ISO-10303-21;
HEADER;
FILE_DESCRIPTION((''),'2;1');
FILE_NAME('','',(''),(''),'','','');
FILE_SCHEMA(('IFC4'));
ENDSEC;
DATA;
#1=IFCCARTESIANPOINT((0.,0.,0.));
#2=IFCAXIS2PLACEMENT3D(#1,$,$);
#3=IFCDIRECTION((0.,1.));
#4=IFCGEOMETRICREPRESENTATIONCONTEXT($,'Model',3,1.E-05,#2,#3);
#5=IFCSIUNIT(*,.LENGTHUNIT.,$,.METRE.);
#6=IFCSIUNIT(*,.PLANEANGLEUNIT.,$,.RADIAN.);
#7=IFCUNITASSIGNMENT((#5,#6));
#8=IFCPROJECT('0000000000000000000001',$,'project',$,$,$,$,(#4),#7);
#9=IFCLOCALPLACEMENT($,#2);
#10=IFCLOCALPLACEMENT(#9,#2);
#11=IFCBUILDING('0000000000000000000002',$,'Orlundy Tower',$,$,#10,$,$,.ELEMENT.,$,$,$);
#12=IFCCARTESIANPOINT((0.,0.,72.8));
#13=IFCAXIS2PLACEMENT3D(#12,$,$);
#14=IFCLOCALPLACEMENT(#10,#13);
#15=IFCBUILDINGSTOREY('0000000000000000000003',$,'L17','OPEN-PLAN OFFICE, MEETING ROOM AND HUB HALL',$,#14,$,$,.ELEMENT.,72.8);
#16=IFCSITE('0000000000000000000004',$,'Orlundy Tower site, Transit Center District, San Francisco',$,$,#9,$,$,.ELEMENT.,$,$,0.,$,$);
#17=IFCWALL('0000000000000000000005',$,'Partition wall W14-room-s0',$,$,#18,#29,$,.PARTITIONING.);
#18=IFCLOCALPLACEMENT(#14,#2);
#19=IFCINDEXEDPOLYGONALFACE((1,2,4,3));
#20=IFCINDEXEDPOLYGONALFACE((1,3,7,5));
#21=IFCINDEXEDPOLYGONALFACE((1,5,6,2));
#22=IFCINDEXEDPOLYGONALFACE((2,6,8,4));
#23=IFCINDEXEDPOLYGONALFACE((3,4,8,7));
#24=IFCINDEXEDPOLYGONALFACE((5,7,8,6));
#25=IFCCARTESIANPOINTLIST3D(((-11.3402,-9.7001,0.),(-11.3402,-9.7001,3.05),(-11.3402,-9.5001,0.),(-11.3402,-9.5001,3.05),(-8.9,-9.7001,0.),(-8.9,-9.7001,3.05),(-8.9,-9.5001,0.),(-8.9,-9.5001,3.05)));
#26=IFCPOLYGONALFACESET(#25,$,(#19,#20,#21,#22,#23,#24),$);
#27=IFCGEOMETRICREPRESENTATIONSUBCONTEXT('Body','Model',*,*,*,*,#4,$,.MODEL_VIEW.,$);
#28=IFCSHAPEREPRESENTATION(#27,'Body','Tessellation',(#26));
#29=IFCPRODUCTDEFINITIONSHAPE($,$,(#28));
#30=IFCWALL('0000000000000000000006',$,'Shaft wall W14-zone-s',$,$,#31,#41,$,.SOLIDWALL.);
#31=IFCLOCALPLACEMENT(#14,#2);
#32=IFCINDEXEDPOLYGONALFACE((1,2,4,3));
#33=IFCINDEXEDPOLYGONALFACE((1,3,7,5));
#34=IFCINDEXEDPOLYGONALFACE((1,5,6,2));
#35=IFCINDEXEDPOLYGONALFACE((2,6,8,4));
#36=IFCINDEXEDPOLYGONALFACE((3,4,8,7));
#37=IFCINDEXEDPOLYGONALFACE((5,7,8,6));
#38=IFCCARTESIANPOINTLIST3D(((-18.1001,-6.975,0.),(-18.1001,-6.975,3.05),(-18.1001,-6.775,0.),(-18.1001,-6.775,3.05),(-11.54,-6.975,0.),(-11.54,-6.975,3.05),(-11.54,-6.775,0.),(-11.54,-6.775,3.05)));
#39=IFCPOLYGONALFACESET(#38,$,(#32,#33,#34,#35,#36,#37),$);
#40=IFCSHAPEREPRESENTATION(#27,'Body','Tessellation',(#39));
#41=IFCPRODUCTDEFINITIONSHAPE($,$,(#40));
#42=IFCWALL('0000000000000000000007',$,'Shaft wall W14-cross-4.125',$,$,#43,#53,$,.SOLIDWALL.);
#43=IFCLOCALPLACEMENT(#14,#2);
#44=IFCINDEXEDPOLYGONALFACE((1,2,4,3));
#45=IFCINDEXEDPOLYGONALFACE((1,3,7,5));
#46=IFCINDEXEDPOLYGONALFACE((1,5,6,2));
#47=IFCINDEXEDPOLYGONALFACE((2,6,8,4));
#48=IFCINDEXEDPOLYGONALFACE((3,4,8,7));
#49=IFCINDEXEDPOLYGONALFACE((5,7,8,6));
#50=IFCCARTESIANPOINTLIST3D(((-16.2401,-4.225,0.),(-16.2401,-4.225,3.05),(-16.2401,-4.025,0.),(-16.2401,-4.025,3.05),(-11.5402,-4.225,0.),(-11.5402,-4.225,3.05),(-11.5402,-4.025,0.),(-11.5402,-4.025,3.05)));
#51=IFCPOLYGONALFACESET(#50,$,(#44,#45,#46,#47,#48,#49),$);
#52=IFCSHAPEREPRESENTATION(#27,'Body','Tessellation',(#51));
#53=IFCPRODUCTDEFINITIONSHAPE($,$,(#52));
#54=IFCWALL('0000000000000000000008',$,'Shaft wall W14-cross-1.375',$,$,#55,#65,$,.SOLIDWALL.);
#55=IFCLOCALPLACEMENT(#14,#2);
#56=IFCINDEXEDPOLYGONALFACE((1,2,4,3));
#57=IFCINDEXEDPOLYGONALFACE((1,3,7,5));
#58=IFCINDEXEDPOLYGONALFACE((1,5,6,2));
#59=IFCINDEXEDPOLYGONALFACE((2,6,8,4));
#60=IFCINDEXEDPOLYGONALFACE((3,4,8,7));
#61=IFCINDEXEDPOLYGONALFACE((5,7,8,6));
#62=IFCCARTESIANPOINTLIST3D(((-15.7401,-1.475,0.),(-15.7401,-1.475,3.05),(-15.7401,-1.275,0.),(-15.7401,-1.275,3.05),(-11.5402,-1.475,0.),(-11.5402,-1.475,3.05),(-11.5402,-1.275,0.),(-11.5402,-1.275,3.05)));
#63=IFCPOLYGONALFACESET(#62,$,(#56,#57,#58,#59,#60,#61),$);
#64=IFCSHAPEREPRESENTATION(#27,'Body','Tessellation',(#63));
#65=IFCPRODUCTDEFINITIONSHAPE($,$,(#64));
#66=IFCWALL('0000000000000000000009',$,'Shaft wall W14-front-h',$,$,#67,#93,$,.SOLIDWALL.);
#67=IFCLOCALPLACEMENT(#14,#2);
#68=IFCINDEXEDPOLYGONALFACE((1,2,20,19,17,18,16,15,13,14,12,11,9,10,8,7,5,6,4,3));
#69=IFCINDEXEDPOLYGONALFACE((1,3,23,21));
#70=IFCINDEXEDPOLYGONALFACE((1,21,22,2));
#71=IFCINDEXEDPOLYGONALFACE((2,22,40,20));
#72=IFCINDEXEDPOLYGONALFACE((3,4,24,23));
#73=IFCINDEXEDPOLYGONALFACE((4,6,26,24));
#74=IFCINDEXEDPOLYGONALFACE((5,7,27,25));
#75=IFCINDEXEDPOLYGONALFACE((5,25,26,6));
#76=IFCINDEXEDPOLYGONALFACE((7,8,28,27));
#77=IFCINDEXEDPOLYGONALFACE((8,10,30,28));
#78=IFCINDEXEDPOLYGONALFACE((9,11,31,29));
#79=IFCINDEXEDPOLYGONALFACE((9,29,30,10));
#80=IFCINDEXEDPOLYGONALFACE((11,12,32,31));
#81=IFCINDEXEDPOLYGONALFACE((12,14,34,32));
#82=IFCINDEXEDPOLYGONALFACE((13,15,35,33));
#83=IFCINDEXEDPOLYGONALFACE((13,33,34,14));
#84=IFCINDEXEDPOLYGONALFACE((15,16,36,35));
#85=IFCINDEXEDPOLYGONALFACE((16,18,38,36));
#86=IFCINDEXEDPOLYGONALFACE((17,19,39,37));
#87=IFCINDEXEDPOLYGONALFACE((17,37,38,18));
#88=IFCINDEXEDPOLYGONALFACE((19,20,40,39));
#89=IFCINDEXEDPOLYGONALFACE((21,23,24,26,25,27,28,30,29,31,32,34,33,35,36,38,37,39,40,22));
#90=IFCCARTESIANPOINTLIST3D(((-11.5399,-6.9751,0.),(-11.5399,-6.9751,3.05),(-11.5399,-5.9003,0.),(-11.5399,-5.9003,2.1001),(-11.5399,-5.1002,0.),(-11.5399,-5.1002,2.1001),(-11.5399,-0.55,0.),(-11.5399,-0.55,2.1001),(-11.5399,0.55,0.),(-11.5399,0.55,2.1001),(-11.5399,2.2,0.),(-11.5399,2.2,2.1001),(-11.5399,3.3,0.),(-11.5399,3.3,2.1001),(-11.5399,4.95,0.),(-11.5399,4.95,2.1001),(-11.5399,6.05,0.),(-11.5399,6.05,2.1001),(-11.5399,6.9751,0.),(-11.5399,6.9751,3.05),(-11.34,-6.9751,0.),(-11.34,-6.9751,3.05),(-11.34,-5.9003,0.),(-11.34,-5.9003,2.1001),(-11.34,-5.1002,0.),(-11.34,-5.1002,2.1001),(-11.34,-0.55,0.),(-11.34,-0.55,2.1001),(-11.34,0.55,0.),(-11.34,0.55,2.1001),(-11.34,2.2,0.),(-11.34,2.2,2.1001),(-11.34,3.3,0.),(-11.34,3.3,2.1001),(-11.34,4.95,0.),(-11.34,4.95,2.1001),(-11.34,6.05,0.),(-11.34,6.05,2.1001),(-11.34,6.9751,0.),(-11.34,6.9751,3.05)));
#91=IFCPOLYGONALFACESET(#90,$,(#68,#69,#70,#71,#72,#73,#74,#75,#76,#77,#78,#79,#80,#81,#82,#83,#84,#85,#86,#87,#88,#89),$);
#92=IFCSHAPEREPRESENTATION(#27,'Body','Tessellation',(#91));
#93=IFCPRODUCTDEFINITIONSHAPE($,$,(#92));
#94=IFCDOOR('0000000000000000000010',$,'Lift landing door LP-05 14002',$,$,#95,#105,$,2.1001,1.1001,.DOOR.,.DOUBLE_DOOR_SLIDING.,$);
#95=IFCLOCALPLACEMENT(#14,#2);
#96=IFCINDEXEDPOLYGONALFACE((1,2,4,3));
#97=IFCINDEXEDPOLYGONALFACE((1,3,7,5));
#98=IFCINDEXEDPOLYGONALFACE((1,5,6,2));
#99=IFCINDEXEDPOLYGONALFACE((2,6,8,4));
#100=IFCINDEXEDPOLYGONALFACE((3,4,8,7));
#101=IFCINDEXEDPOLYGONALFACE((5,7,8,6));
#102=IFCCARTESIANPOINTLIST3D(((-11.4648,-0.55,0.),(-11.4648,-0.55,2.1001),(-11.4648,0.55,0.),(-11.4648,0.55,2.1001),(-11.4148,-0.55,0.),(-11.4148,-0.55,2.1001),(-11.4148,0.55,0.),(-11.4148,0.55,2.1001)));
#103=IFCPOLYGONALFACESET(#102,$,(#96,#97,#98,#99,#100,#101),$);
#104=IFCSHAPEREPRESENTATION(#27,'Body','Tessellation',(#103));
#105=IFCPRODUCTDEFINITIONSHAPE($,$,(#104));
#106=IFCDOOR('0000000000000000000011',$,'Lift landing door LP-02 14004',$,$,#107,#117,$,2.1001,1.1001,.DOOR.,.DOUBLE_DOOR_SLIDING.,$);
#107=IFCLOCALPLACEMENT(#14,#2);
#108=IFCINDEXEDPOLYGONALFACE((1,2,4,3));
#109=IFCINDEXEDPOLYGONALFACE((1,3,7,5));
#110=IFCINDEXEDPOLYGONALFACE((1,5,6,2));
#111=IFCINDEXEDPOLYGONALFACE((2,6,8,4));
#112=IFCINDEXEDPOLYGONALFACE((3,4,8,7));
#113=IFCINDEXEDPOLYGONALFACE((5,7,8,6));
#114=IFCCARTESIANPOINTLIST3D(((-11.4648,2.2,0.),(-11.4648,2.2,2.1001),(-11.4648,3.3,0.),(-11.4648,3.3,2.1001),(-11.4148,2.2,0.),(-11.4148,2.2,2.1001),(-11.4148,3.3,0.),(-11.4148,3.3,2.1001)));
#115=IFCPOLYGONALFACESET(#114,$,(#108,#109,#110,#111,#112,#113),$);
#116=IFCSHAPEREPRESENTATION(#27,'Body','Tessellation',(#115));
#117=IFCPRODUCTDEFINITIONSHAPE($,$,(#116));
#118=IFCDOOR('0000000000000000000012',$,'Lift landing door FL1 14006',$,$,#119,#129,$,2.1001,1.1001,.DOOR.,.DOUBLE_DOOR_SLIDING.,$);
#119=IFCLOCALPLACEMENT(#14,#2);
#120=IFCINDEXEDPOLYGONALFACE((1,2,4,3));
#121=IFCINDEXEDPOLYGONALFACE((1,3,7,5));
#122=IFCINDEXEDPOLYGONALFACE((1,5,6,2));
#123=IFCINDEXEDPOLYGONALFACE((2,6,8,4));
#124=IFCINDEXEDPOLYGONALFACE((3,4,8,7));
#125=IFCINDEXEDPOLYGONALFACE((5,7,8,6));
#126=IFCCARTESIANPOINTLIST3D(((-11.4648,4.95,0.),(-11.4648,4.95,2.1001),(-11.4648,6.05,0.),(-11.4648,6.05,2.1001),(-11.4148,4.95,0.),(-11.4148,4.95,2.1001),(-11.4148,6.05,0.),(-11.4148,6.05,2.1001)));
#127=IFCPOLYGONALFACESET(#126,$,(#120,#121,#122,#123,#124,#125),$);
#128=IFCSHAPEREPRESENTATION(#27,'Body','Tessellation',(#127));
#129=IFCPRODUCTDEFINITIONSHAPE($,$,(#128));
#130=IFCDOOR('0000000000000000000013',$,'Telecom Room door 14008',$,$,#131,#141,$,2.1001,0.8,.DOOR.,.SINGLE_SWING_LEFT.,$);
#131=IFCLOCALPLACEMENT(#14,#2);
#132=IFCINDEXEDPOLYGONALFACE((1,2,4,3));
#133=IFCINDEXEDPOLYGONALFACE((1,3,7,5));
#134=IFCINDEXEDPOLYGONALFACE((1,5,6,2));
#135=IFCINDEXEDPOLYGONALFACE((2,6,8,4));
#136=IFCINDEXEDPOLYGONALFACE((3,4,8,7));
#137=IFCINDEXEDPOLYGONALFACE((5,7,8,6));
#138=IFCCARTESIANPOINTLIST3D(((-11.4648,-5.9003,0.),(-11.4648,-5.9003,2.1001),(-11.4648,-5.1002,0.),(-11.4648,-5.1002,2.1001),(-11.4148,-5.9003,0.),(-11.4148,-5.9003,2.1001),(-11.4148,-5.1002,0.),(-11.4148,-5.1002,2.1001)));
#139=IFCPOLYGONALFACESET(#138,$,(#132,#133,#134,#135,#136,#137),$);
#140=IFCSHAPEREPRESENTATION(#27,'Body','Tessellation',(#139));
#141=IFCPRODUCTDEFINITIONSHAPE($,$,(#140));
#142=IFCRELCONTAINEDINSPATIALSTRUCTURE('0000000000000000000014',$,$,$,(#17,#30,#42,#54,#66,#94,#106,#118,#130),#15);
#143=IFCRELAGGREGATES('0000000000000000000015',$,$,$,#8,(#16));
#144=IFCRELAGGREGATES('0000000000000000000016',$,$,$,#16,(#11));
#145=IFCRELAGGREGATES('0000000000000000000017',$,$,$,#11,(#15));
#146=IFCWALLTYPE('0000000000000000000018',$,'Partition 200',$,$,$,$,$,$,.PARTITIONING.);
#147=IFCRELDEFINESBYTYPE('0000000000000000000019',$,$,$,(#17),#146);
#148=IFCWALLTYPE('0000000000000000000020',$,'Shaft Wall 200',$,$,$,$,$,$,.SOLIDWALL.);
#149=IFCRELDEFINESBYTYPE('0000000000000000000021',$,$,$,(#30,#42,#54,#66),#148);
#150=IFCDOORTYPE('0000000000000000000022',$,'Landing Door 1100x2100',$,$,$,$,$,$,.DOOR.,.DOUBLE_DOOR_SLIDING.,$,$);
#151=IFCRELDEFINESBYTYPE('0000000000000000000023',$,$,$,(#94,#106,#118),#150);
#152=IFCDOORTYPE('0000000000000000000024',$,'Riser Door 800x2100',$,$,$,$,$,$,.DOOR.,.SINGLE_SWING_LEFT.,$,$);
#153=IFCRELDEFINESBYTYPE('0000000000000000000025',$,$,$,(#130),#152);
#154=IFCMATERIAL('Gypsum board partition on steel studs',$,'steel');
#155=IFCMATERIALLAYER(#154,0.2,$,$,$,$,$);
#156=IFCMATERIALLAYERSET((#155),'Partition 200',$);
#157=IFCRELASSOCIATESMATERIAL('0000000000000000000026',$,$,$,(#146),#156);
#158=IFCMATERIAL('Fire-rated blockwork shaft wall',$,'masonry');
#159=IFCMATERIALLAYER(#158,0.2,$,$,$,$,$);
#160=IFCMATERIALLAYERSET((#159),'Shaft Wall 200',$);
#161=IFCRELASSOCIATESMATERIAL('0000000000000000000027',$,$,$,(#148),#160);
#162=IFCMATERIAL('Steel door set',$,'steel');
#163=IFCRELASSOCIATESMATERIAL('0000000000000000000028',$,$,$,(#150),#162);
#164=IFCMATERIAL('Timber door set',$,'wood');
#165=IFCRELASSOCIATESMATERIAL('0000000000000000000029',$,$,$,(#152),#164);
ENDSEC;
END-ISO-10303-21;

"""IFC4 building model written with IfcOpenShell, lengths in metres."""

from ifc_helpers import new_model, si_unit, direction, frame, frame_2d, origin, place, context, subcontext, project, spatial, rectangle, extrude, material, layer, layer_set, type_object, element, fill, save


model = new_model("IFC4")

# Units and contexts
model_context = context("Model", 3, precision=1e-05, world=origin(), true_north=direction((0.0, 1.0)))
body_context = subcontext(model_context, "Body", "Model", "MODEL_VIEW")
ifc_project = project(units=[si_unit("LENGTHUNIT", "METRE"), si_unit("PLANEANGLEUNIT", "RADIAN")], contexts=[model_context])

# Site, building, storey
site_placement = place(None, origin())
site = spatial("IfcSite", under=ifc_project, at=site_placement, Name="Orlundy Tower site, Transit Center District, San Francisco", CompositionType="ELEMENT", RefElevation=0.0)
building_placement = place(site_placement, origin())
building = spatial("IfcBuilding", under=site, at=building_placement, Name="Orlundy Tower", CompositionType="ELEMENT")
storey_placement = place(building_placement, frame((0.0, 0.0, 72.8)))
storey = spatial("IfcBuildingStorey", under=building, at=storey_placement, Name="L17", Description="OPEN-PLAN OFFICE, MEETING ROOM AND HUB HALL", CompositionType="ELEMENT", Elevation=72.8)

# Shared definitions
ifc_material_1 = material(Name="Gypsum board partition on steel studs", Category="steel")
ifc_layer_1 = layer(ifc_material_1, 0.2)
ifc_layer_set_1 = layer_set([ifc_layer_1], Name="Partition 200")
wall_type_1 = type_object("IfcWallType", Name="Partition 200", PredefinedType="PARTITIONING", material=ifc_layer_set_1)

# Walls
wall_1_placement = place(storey_placement, frame((-8.8999, -9.6001, 0.0), z_axis=(0.0, 0.0, 1.0), x_axis=(-1.0, 0.0, 0.0)))
element("IfcWall", 1, at=wall_1_placement, inside=storey, type_object=wall_type_1, Name="Partition wall W14-room-s0", PredefinedType="PARTITIONING", context=body_context, shape_type="SweptSolid", body=[
    extrude(rectangle(XDim=2.4402, YDim=0.2, at=frame_2d((1.2202, 0.0))), origin(), (0.0, 0.0, 1.0), 3.05),
])
ifc_material_2 = material(Name="Fire-rated blockwork shaft wall", Category="masonry")
ifc_layer_2 = layer(ifc_material_2, 0.2)
ifc_layer_set_2 = layer_set([ifc_layer_2], Name="Shaft Wall 200")
wall_type_2 = type_object("IfcWallType", Name="Shaft Wall 200", PredefinedType="SOLIDWALL", material=ifc_layer_set_2)
wall_2_placement = place(storey_placement, frame((-11.54, -6.875, 0.0), z_axis=(0.0, 0.0, 1.0), x_axis=(-1.0, 0.0, 0.0)))
element("IfcWall", 2, at=wall_2_placement, inside=storey, type_object=wall_type_2, Name="Shaft wall W14-zone-s", PredefinedType="SOLIDWALL", context=body_context, shape_type="SweptSolid", body=[
    extrude(rectangle(XDim=6.5601, YDim=0.2, at=frame_2d((3.28, 0.0))), origin(), (0.0, 0.0, 1.0), 3.05),
])
wall_3_placement = place(storey_placement, frame((-11.54, -4.125, 0.0), z_axis=(0.0, 0.0, 1.0), x_axis=(-1.0, 0.0, 0.0)))
element("IfcWall", 3, at=wall_3_placement, inside=storey, type_object=wall_type_2, Name="Shaft wall W14-cross-4.125", PredefinedType="SOLIDWALL", context=body_context, shape_type="SweptSolid", body=[
    extrude(rectangle(XDim=4.7, YDim=0.2, at=frame_2d((2.3501, 0.0))), origin(), (0.0, 0.0, 1.0), 3.05),
])
wall_4_placement = place(storey_placement, frame((-11.54, -1.375, 0.0), z_axis=(0.0, 0.0, 1.0), x_axis=(-1.0, 0.0, 0.0)))
element("IfcWall", 4, at=wall_4_placement, inside=storey, type_object=wall_type_2, Name="Shaft wall W14-cross-1.375", PredefinedType="SOLIDWALL", context=body_context, shape_type="SweptSolid", body=[
    extrude(rectangle(XDim=4.2, YDim=0.2, at=frame_2d((2.1001, 0.0))), origin(), (0.0, 0.0, 1.0), 3.05),
])

# Wall, openings, doors
wall_5_placement = place(storey_placement, frame((-11.4399, -6.9751, 0.0), z_axis=(0.0, 0.0, 1.0), x_axis=(0.0, 1.0, 0.0)))
wall_5 = element("IfcWall", 5, at=wall_5_placement, inside=storey, type_object=wall_type_2, Name="Shaft wall W14-front-h", PredefinedType="SOLIDWALL", context=body_context, shape_type="SweptSolid", body=[
    extrude(rectangle(XDim=13.9502, YDim=0.2, at=frame_2d((6.9751, 0.0))), origin(), (0.0, 0.0, 1.0), 3.05),
])
opening_1_placement = place(wall_5_placement, frame((6.425, 0.0, 0.0)))
opening_1 = element("IfcOpeningElement", 6, at=opening_1_placement, cuts=wall_5, PredefinedType="OPENING", context=body_context, shape_type="SweptSolid", body=[
    extrude(rectangle(XDim=1.1001, YDim=2.1001, at=frame_2d((0.55, 1.05))), frame((0.0, 0.1101, 0.0), z_axis=(0.0, -1.0, 0.0), x_axis=(1.0, 0.0, 0.0)), (0.0, 0.0, 1.0), 0.2202),
])
opening_2_placement = place(wall_5_placement, frame((9.175, 0.0, 0.0)))
opening_2 = element("IfcOpeningElement", 7, at=opening_2_placement, cuts=wall_5, PredefinedType="OPENING", context=body_context, shape_type="SweptSolid", body=[
    extrude(rectangle(XDim=1.1001, YDim=2.1001, at=frame_2d((0.55, 1.05))), frame((0.0, 0.1101, 0.0), z_axis=(0.0, -1.0, 0.0), x_axis=(1.0, 0.0, 0.0)), (0.0, 0.0, 1.0), 0.2202),
])
opening_3_placement = place(wall_5_placement, frame((11.925, 0.0, 0.0)))
opening_3 = element("IfcOpeningElement", 8, at=opening_3_placement, cuts=wall_5, PredefinedType="OPENING", context=body_context, shape_type="SweptSolid", body=[
    extrude(rectangle(XDim=1.1001, YDim=2.1001, at=frame_2d((0.55, 1.05))), frame((0.0, 0.1101, 0.0), z_axis=(0.0, -1.0, 0.0), x_axis=(1.0, 0.0, 0.0)), (0.0, 0.0, 1.0), 0.2202),
])
opening_4_placement = place(wall_5_placement, frame((1.075, 0.0, 0.0)))
opening_4 = element("IfcOpeningElement", 9, at=opening_4_placement, cuts=wall_5, PredefinedType="OPENING", context=body_context, shape_type="SweptSolid", body=[
    extrude(rectangle(XDim=0.8, YDim=2.1001, at=frame_2d((0.3999, 1.05))), frame((0.0, 0.1101, 0.0), z_axis=(0.0, -1.0, 0.0), x_axis=(1.0, 0.0, 0.0)), (0.0, 0.0, 1.0), 0.2202),
])
ifc_material_3 = material(Name="Steel door set", Category="steel")
door_type_1 = type_object("IfcDoorType", Name="Landing Door 1100x2100", OperationType="DOUBLE_DOOR_SLIDING", PredefinedType="DOOR", material=ifc_material_3)
door_1_placement = place(opening_1_placement, origin())
door_1 = element("IfcDoor", 10, at=door_1_placement, inside=storey, type_object=door_type_1, Name="Lift landing door LP-05 14002", OperationType="DOUBLE_DOOR_SLIDING", OverallHeight=2.1001, OverallWidth=1.1001, PredefinedType="DOOR", context=body_context, shape_type="SweptSolid", body=[
    extrude(rectangle(XDim=1.1001, YDim=2.1001, at=frame_2d((0.55, 1.05))), frame((0.0, 0.0249, 0.0), z_axis=(0.0, -1.0, 0.0), x_axis=(1.0, 0.0, 0.0)), (0.0, 0.0, 1.0), 0.05),
])
fill(opening_1, door_1)
door_2_placement = place(opening_2_placement, origin())
door_2 = element("IfcDoor", 11, at=door_2_placement, inside=storey, type_object=door_type_1, Name="Lift landing door LP-02 14004", OperationType="DOUBLE_DOOR_SLIDING", OverallHeight=2.1001, OverallWidth=1.1001, PredefinedType="DOOR", context=body_context, shape_type="SweptSolid", body=[
    extrude(rectangle(XDim=1.1001, YDim=2.1001, at=frame_2d((0.55, 1.05))), frame((0.0, 0.0249, 0.0), z_axis=(0.0, -1.0, 0.0), x_axis=(1.0, 0.0, 0.0)), (0.0, 0.0, 1.0), 0.05),
])
fill(opening_2, door_2)
door_3_placement = place(opening_3_placement, origin())
door_3 = element("IfcDoor", 12, at=door_3_placement, inside=storey, type_object=door_type_1, Name="Lift landing door FL1 14006", OperationType="DOUBLE_DOOR_SLIDING", OverallHeight=2.1001, OverallWidth=1.1001, PredefinedType="DOOR", context=body_context, shape_type="SweptSolid", body=[
    extrude(rectangle(XDim=1.1001, YDim=2.1001, at=frame_2d((0.55, 1.05))), frame((0.0, 0.0249, 0.0), z_axis=(0.0, -1.0, 0.0), x_axis=(1.0, 0.0, 0.0)), (0.0, 0.0, 1.0), 0.05),
])
fill(opening_3, door_3)
ifc_material_4 = material(Name="Timber door set", Category="wood")
door_type_2 = type_object("IfcDoorType", Name="Riser Door 800x2100", OperationType="SINGLE_SWING_LEFT", PredefinedType="DOOR", material=ifc_material_4)
door_4_placement = place(opening_4_placement, origin())
door_4 = element("IfcDoor", 13, at=door_4_placement, inside=storey, type_object=door_type_2, Name="Telecom Room door 14008", OperationType="SINGLE_SWING_LEFT", OverallHeight=2.1001, OverallWidth=0.8, PredefinedType="DOOR", context=body_context, shape_type="SweptSolid", body=[
    extrude(rectangle(XDim=0.8, YDim=2.1001, at=frame_2d((0.3999, 1.05))), frame((0.0, 0.0249, 0.0), z_axis=(0.0, -1.0, 0.0), x_axis=(1.0, 0.0, 0.0)), (0.0, 0.0, 1.0), 0.05),
])
fill(opening_4, door_4)

save(model, "model.ifc")
